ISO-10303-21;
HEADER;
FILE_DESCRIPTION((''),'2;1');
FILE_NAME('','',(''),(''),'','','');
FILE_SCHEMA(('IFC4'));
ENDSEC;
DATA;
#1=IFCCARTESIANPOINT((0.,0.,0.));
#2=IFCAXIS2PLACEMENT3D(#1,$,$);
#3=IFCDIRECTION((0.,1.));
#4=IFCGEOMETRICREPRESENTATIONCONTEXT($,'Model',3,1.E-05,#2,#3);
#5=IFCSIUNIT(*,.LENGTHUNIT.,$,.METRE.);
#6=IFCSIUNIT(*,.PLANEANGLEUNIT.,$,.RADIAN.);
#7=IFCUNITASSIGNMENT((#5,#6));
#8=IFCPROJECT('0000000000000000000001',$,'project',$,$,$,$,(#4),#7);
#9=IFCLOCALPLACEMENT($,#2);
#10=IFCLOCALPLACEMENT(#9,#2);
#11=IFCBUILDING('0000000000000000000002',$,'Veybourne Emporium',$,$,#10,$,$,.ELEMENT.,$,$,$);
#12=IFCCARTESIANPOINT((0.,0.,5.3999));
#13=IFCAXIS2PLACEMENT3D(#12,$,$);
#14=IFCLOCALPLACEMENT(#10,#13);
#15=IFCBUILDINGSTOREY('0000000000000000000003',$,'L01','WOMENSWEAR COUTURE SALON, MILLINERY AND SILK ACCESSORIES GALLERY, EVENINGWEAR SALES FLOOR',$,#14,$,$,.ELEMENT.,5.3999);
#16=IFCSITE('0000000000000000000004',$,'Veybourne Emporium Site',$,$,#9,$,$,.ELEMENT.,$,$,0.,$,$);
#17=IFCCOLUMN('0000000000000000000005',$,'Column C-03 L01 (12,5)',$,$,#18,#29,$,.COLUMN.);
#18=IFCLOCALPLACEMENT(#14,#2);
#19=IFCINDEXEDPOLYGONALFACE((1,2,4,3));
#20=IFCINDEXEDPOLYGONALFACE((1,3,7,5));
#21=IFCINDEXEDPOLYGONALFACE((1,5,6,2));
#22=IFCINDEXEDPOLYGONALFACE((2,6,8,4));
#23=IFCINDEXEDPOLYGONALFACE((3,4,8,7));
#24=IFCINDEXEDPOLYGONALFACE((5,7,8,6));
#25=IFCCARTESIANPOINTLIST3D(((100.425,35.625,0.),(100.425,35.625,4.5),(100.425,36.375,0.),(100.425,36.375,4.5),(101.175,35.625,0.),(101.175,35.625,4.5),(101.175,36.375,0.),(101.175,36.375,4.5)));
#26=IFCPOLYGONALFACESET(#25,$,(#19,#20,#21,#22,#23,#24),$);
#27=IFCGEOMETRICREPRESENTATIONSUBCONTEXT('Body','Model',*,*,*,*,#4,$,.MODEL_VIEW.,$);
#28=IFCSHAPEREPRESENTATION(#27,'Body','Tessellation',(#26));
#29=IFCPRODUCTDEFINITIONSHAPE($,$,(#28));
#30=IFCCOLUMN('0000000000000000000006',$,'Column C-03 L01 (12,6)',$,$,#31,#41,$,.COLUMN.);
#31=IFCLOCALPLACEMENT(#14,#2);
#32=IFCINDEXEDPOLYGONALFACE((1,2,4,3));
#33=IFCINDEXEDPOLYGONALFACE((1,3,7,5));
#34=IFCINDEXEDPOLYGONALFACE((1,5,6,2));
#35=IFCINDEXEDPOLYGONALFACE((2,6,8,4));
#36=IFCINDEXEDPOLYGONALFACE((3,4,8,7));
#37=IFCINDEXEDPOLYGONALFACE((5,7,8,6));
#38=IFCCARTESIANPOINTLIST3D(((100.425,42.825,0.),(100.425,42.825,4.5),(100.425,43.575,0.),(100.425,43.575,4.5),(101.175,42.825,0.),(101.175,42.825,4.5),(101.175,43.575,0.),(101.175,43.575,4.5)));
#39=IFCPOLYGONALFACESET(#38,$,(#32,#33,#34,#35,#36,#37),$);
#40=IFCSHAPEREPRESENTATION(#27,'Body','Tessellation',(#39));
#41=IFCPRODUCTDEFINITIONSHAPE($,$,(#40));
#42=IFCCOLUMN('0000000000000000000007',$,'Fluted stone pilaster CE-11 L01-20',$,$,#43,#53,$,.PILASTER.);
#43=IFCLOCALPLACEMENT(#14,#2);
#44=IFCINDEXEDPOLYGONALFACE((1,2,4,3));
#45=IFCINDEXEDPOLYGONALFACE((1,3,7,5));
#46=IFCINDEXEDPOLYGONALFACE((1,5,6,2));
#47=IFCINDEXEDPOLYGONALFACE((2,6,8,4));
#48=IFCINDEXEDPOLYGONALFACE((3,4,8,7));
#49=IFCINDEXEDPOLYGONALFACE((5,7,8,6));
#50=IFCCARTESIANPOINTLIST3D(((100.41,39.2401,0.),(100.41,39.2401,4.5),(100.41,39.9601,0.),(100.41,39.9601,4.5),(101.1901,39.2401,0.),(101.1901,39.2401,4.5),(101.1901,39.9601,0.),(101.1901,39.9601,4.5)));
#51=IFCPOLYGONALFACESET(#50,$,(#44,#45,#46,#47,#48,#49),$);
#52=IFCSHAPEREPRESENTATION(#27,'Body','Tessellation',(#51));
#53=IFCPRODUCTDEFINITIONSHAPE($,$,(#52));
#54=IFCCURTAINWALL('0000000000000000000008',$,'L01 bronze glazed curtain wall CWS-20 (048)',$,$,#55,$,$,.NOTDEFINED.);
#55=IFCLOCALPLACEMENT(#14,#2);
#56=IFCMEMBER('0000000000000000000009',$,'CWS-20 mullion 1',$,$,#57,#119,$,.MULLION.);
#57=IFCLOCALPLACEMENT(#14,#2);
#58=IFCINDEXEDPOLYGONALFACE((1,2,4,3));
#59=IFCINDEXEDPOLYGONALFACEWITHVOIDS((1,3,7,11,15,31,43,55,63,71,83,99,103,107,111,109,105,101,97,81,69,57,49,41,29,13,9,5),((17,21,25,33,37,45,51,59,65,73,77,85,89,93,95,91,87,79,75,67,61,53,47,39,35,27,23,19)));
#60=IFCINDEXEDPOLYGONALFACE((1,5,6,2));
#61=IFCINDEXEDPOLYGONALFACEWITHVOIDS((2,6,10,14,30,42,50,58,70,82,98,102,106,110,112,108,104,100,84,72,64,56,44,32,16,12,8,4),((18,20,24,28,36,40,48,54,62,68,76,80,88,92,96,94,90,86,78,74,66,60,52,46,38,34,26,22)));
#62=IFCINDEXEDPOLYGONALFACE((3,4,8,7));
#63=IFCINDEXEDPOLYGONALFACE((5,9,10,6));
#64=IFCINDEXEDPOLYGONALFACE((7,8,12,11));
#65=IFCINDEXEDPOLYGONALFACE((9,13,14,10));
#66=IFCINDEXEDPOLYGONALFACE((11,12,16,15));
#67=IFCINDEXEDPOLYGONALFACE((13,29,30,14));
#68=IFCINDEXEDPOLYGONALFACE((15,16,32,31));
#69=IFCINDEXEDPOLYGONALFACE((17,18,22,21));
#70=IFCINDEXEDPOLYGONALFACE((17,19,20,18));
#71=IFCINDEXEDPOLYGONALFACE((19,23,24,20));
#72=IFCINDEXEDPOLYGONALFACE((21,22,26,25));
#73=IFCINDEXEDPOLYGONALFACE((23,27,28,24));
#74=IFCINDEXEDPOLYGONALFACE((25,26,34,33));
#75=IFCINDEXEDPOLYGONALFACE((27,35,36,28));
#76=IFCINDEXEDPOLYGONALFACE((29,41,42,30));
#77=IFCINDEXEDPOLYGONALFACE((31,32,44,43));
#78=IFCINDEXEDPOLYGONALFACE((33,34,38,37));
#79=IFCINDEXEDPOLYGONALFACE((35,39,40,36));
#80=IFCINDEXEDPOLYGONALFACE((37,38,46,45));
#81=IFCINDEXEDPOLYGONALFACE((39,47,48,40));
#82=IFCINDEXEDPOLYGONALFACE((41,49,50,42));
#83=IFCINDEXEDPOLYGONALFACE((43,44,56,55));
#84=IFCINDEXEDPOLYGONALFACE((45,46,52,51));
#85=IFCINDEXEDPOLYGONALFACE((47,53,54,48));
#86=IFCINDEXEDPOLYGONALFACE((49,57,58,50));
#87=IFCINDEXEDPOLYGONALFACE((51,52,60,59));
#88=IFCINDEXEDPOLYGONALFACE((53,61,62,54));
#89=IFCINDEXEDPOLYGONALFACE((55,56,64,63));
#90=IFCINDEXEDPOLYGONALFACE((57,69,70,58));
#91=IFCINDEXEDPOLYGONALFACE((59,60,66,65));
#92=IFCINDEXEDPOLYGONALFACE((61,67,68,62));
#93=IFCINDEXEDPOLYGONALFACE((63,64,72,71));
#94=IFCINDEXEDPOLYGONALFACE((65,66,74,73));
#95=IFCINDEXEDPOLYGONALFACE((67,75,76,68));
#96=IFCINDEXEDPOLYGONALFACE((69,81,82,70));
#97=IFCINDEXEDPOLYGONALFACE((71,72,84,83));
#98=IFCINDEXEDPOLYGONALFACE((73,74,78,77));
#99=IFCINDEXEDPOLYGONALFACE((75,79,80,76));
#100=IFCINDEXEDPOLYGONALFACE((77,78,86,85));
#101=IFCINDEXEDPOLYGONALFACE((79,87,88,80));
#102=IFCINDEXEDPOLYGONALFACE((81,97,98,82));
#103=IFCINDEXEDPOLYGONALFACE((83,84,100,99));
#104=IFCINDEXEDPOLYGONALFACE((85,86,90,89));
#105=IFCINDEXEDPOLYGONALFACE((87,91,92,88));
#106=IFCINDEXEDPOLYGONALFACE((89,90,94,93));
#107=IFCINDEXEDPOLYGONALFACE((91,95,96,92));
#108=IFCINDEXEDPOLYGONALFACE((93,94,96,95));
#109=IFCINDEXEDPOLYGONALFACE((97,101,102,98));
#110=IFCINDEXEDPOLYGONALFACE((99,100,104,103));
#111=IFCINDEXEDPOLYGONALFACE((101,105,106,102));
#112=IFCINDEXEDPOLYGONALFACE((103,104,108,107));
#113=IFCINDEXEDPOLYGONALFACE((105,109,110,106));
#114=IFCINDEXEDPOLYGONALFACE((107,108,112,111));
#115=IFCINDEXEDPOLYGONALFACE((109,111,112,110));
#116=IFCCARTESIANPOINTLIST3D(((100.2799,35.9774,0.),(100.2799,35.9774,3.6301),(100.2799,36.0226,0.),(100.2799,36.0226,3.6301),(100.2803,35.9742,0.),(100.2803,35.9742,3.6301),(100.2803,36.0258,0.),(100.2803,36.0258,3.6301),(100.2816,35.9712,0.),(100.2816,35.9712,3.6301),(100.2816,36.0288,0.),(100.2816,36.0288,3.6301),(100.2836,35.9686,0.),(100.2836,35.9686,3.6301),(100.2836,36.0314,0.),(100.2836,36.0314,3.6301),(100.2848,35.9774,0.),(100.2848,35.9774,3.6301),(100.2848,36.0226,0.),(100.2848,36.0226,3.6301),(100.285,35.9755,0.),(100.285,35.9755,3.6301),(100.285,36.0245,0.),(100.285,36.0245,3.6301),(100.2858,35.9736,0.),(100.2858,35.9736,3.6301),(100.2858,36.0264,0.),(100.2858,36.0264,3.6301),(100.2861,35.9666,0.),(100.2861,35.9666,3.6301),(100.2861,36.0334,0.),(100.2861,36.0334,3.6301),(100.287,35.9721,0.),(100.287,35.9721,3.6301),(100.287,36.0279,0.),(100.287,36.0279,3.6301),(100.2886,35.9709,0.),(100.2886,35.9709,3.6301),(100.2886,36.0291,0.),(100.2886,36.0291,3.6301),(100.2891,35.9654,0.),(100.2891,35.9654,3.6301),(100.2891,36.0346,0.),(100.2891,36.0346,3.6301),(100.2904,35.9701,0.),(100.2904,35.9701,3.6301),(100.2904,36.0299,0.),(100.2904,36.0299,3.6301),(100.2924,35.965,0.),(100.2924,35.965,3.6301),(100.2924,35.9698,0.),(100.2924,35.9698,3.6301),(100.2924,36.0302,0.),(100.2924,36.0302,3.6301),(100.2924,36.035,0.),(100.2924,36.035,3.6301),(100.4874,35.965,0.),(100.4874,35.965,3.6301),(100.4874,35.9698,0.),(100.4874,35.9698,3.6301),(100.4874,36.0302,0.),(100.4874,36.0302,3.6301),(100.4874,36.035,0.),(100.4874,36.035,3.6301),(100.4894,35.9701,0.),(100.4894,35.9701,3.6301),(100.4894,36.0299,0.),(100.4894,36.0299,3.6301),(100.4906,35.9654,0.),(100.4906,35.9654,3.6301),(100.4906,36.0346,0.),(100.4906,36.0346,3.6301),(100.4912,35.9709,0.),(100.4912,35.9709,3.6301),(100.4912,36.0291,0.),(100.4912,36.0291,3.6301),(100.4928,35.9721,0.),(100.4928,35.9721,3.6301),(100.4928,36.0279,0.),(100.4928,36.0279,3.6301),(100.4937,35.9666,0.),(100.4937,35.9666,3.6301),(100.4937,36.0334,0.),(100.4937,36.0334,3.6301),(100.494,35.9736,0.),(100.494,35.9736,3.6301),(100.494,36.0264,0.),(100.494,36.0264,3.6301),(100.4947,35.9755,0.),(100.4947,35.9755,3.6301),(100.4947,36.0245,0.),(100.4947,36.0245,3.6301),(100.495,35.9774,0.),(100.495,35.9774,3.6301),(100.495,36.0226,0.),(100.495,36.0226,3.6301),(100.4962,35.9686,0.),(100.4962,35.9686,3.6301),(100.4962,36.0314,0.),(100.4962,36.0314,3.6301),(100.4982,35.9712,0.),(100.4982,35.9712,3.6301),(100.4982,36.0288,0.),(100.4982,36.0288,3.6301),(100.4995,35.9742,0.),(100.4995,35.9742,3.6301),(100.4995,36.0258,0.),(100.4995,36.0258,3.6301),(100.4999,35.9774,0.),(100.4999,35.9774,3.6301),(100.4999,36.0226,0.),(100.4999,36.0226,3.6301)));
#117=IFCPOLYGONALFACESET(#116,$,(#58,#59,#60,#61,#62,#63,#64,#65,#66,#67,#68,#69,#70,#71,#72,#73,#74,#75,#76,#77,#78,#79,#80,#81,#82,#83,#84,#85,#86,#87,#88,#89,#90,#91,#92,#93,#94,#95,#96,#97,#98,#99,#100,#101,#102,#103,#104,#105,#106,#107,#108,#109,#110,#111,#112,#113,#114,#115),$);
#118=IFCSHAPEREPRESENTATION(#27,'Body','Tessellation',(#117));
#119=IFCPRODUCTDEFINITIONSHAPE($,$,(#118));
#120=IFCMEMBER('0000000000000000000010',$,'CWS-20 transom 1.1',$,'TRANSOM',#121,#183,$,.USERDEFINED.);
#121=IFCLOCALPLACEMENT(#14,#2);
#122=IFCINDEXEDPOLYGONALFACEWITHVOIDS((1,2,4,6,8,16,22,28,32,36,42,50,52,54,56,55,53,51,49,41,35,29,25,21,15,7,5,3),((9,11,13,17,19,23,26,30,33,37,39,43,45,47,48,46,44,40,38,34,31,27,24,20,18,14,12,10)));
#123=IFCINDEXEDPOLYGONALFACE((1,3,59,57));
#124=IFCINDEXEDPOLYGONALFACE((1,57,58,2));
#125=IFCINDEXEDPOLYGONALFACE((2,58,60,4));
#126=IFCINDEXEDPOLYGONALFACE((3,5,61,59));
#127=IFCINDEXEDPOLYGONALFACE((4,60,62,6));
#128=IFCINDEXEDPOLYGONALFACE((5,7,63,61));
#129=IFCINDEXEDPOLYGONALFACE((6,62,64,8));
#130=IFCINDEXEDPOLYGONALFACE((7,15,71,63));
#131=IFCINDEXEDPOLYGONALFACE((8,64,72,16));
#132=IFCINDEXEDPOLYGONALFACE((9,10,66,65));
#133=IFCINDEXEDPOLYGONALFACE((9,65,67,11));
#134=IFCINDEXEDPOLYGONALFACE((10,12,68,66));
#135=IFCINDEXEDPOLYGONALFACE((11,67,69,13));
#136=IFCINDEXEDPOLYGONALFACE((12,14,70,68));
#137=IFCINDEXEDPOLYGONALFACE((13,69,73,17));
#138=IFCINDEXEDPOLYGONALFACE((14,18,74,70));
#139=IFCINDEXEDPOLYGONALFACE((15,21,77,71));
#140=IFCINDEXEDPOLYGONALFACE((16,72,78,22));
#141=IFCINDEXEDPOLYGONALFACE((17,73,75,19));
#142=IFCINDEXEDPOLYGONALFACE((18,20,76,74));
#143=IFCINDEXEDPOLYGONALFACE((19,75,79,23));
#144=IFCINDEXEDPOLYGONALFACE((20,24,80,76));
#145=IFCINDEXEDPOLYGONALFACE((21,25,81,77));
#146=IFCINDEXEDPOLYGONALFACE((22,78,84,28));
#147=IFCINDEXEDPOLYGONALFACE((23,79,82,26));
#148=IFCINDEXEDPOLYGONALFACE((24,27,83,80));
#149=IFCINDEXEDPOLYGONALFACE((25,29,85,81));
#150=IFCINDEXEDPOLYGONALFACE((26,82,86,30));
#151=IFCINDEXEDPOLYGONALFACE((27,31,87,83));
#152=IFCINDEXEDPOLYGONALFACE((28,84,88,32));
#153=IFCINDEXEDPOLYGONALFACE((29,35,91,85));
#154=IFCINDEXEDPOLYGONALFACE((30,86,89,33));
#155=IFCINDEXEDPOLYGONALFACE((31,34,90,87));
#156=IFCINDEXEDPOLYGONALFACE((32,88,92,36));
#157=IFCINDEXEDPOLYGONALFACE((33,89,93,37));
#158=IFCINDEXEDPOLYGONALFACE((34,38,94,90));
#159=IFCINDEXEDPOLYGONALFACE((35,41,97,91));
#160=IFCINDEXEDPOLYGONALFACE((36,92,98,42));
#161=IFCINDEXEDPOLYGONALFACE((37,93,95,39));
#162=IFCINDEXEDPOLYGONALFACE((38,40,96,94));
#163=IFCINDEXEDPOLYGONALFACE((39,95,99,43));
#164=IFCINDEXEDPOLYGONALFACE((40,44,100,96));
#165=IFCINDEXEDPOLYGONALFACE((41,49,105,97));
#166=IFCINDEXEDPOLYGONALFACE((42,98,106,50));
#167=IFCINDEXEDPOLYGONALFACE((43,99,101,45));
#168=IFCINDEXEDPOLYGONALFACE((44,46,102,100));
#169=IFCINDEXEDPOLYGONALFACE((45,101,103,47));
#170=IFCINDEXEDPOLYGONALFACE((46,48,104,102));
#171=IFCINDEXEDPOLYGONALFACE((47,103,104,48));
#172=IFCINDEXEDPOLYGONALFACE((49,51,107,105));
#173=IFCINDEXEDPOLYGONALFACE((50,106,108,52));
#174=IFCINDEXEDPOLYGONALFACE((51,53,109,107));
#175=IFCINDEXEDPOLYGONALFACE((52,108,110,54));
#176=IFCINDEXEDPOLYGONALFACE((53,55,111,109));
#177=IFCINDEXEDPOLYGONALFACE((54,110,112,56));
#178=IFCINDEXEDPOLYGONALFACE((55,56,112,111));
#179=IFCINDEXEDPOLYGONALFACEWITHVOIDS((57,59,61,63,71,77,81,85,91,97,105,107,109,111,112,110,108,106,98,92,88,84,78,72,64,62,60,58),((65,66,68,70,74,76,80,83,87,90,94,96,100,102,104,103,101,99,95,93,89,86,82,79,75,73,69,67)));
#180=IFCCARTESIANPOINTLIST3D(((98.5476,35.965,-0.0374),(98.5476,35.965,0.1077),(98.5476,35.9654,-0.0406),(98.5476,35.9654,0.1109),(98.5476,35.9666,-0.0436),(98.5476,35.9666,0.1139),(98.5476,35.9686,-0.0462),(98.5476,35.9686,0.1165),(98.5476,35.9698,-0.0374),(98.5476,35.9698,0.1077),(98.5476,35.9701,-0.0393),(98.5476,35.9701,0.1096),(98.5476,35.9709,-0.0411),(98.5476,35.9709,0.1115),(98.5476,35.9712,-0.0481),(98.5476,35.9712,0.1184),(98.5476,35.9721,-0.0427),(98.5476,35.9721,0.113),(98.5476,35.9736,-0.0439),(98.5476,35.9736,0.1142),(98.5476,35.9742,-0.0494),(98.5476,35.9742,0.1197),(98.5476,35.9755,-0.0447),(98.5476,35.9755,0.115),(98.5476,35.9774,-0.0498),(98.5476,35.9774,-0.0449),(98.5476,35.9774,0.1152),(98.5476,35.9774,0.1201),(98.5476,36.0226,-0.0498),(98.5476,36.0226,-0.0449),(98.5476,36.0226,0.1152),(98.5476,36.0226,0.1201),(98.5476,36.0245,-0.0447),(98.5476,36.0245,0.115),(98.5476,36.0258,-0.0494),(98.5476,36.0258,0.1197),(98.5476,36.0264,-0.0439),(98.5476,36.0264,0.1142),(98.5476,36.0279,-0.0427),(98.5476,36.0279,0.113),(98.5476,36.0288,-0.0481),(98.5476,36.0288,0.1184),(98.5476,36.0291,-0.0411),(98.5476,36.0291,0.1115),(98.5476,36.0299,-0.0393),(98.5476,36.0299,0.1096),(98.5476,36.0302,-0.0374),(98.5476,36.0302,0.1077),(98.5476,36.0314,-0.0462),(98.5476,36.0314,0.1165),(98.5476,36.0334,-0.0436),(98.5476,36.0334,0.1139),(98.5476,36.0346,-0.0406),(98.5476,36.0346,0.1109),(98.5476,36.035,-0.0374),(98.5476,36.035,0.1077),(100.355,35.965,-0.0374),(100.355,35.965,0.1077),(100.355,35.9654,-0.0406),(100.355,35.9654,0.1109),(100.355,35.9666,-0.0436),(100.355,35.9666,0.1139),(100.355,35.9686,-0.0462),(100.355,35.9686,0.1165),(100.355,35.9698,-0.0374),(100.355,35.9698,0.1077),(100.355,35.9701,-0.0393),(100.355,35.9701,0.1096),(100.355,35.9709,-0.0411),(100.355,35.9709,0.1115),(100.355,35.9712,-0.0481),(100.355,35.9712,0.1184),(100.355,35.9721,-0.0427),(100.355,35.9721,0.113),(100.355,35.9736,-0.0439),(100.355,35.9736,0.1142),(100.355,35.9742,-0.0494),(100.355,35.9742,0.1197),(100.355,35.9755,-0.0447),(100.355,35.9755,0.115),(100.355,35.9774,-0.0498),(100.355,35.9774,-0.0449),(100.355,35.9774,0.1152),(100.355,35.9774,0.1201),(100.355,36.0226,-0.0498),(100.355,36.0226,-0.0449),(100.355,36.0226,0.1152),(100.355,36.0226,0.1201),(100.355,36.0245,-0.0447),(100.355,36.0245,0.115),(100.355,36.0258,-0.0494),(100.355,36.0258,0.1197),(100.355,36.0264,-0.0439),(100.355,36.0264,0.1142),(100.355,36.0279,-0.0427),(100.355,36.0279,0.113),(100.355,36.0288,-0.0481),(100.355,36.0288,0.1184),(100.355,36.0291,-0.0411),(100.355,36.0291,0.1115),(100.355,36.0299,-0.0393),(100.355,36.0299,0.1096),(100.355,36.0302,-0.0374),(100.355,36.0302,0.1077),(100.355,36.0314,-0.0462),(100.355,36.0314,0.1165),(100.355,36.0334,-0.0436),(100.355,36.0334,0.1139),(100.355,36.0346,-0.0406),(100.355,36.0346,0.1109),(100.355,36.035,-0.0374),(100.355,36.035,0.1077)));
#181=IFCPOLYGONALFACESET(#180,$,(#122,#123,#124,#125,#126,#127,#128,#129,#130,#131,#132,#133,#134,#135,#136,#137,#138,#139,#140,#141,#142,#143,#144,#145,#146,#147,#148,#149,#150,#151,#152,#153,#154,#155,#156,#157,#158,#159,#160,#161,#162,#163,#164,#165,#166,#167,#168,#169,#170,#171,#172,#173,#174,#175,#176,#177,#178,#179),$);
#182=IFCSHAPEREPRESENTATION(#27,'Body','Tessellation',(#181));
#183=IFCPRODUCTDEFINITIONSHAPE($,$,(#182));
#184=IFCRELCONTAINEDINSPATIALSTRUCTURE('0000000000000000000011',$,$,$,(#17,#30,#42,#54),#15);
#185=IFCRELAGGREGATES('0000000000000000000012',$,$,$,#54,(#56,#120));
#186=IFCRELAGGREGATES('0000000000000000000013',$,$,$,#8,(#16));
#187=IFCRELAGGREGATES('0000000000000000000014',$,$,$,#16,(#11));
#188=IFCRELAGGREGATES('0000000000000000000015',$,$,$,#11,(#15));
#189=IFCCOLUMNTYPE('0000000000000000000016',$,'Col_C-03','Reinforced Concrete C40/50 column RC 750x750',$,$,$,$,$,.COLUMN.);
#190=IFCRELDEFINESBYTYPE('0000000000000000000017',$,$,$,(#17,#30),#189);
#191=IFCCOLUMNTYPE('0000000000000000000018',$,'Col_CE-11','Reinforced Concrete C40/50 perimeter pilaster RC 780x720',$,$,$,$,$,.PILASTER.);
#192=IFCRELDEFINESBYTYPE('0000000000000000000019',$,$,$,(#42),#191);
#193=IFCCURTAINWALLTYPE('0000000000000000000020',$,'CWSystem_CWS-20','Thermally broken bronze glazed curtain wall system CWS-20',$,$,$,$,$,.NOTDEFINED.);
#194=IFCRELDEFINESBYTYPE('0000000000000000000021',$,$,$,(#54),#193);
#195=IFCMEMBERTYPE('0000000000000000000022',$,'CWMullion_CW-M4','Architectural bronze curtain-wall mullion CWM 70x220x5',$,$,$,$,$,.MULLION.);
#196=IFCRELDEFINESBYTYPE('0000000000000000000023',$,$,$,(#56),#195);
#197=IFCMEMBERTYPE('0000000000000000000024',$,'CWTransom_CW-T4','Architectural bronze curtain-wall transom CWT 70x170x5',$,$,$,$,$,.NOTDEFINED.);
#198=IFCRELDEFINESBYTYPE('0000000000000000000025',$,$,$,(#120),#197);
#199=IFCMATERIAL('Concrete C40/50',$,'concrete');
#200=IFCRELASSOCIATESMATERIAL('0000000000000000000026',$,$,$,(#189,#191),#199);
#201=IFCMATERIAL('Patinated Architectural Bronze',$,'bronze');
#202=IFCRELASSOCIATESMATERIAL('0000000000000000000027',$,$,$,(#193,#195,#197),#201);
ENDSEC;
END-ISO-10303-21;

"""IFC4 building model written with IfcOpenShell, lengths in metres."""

from ifc_helpers import new_model, si_unit, direction, frame, origin, origin_2d, place, context, subcontext, project, spatial, rectangle, hollow_rectangle, extrude, material, material_profile, profile_set, type_object, element, aggregate, save


model = new_model("IFC4")

# Units and contexts
model_context = context("Model", 3, precision=1e-05, world=origin(), true_north=direction((0.0, 1.0)))
body_context = subcontext(model_context, "Body", "Model", "MODEL_VIEW")
ifc_project = project(units=[si_unit("LENGTHUNIT", "METRE"), si_unit("PLANEANGLEUNIT", "RADIAN")], contexts=[model_context])

# Site, building, storey
site_placement = place(None, origin())
site = spatial("IfcSite", under=ifc_project, at=site_placement, Name="Veybourne Emporium Site", CompositionType="ELEMENT", RefElevation=0.0)
building_placement = place(site_placement, origin())
building = spatial("IfcBuilding", under=site, at=building_placement, Name="Veybourne Emporium", CompositionType="ELEMENT")
storey_placement = place(building_placement, frame((0.0, 0.0, 5.3999)))
storey = spatial("IfcBuildingStorey", under=building, at=storey_placement, Name="L01", Description="WOMENSWEAR COUTURE SALON, MILLINERY AND SILK ACCESSORIES GALLERY, EVENINGWEAR SALES FLOOR", CompositionType="ELEMENT", Elevation=5.3999)

# Columns
ifc_material_1 = material(Name="Concrete C40/50", Category="concrete")
ifc_material_profile_1 = material_profile(ifc_material_1, rectangle(XDim=0.75, YDim=0.75, at=origin_2d()), Name="RC 750x750")
ifc_profile_set_1 = profile_set([ifc_material_profile_1], Name="Concrete C40/50")
column_type_1 = type_object("IfcColumnType", Name="Col_C-03", Description="Reinforced Concrete C40/50 column RC 750x750", PredefinedType="COLUMN", material=ifc_profile_set_1)
for number, where, z_axis, x_axis, name in (
    (1, (100.8, 36.0, 0.0), (0.0, 0.0, 1.0), (1.0, 0.0, 0.0), "Column C-03 L01 (12,5)"),
    (2, (100.8, 43.2, 0.0), (0.0, 0.0, 1.0), (1.0, 0.0, 0.0), "Column C-03 L01 (12,6)"),
):
    element("IfcColumn", number, at=place(storey_placement, frame(where, z_axis=z_axis, x_axis=x_axis)), inside=storey, type_object=column_type_1, Name=name, PredefinedType="COLUMN", context=body_context, shape_type="SweptSolid", body=[
        extrude(rectangle(XDim=0.75, YDim=0.75, at=origin_2d()), origin(), (0.0, 0.0, 1.0), 4.5),
    ])
ifc_material_profile_2 = material_profile(ifc_material_1, rectangle(XDim=0.78, YDim=0.72, at=origin_2d()), Name="RC 780x720")
ifc_profile_set_2 = profile_set([ifc_material_profile_2], Name="Concrete C40/50")
column_type_2 = type_object("IfcColumnType", Name="Col_CE-11", Description="Reinforced Concrete C40/50 perimeter pilaster RC 780x720", PredefinedType="PILASTER", material=ifc_profile_set_2)
column_placement = place(storey_placement, frame((100.8, 39.6001, 0.0), z_axis=(0.0, 0.0, 1.0), x_axis=(1.0, 0.0, 0.0)))
element("IfcColumn", 3, at=column_placement, inside=storey, type_object=column_type_2, Name="Fluted stone pilaster CE-11 L01-20", PredefinedType="PILASTER", context=body_context, shape_type="SweptSolid", body=[
    extrude(rectangle(XDim=0.78, YDim=0.72, at=origin_2d()), origin(), (0.0, 0.0, 1.0), 4.5),
])

# Curtain wall, members
ifc_material_2 = material(Name="Patinated Architectural Bronze", Category="bronze")
curtain_wall_type = type_object("IfcCurtainWallType", Name="CWSystem_CWS-20", Description="Thermally broken bronze glazed curtain wall system CWS-20", PredefinedType="NOTDEFINED", material=ifc_material_2)
curtain_wall_placement = place(storey_placement, origin())
curtain_wall = element("IfcCurtainWall", 4, at=curtain_wall_placement, inside=storey, type_object=curtain_wall_type, Name="L01 bronze glazed curtain wall CWS-20 (048)", PredefinedType="NOTDEFINED")
ifc_material_profile_3 = material_profile(ifc_material_2, hollow_rectangle(XDim=0.0701, YDim=0.22, WallThickness=0.0049, InnerFilletRadius=0.0076, OuterFilletRadius=0.0125, at=origin_2d()), Name="CWM 70x220x5")
ifc_profile_set_3 = profile_set([ifc_material_profile_3], Name="Patinated Architectural Bronze")
member_type_1 = type_object("IfcMemberType", Name="CWMullion_CW-M4", Description="Architectural bronze curtain-wall mullion CWM 70x220x5", PredefinedType="MULLION", material=ifc_profile_set_3)
member_1_placement = place(storey_placement, frame((100.3899, 36.0, 0.0), z_axis=(0.0, 0.0, 1.0), x_axis=(0.0, -1.0, 0.0)))
member_1 = element("IfcMember", 5, at=member_1_placement, type_object=member_type_1, Name="CWS-20 mullion 1", PredefinedType="MULLION", context=body_context, shape_type="SweptSolid", body=[
    extrude(hollow_rectangle(XDim=0.0701, YDim=0.22, WallThickness=0.0049, InnerFilletRadius=0.0076, OuterFilletRadius=0.0125, at=origin_2d()), origin(), (0.0, 0.0, 1.0), 3.6301),
])
ifc_material_profile_4 = material_profile(ifc_material_2, hollow_rectangle(XDim=0.0701, YDim=0.1699, WallThickness=0.0049, InnerFilletRadius=0.0076, OuterFilletRadius=0.0125, at=origin_2d()), Name="CWT 70x170x5")
ifc_profile_set_4 = profile_set([ifc_material_profile_4], Name="Patinated Architectural Bronze")
member_type_2 = type_object("IfcMemberType", Name="CWTransom_CW-T4", Description="Architectural bronze curtain-wall transom CWT 70x170x5", PredefinedType="NOTDEFINED", material=ifc_profile_set_4)
member_2_placement = place(storey_placement, frame((100.355, 36.0, 0.0352), z_axis=(-1.0, 0.0, 0.0), x_axis=(0.0, -1.0, 0.0)))
member_2 = element("IfcMember", 6, at=member_2_placement, type_object=member_type_2, Name="CWS-20 transom 1.1", ObjectType="TRANSOM", PredefinedType="USERDEFINED", context=body_context, shape_type="SweptSolid", body=[
    extrude(hollow_rectangle(XDim=0.0701, YDim=0.1699, WallThickness=0.0049, InnerFilletRadius=0.0076, OuterFilletRadius=0.0125, at=origin_2d()), origin(), (0.0, 0.0, 1.0), 1.8074),
])

aggregate(curtain_wall, [member_1, member_2])

save(model, "model.ifc")
